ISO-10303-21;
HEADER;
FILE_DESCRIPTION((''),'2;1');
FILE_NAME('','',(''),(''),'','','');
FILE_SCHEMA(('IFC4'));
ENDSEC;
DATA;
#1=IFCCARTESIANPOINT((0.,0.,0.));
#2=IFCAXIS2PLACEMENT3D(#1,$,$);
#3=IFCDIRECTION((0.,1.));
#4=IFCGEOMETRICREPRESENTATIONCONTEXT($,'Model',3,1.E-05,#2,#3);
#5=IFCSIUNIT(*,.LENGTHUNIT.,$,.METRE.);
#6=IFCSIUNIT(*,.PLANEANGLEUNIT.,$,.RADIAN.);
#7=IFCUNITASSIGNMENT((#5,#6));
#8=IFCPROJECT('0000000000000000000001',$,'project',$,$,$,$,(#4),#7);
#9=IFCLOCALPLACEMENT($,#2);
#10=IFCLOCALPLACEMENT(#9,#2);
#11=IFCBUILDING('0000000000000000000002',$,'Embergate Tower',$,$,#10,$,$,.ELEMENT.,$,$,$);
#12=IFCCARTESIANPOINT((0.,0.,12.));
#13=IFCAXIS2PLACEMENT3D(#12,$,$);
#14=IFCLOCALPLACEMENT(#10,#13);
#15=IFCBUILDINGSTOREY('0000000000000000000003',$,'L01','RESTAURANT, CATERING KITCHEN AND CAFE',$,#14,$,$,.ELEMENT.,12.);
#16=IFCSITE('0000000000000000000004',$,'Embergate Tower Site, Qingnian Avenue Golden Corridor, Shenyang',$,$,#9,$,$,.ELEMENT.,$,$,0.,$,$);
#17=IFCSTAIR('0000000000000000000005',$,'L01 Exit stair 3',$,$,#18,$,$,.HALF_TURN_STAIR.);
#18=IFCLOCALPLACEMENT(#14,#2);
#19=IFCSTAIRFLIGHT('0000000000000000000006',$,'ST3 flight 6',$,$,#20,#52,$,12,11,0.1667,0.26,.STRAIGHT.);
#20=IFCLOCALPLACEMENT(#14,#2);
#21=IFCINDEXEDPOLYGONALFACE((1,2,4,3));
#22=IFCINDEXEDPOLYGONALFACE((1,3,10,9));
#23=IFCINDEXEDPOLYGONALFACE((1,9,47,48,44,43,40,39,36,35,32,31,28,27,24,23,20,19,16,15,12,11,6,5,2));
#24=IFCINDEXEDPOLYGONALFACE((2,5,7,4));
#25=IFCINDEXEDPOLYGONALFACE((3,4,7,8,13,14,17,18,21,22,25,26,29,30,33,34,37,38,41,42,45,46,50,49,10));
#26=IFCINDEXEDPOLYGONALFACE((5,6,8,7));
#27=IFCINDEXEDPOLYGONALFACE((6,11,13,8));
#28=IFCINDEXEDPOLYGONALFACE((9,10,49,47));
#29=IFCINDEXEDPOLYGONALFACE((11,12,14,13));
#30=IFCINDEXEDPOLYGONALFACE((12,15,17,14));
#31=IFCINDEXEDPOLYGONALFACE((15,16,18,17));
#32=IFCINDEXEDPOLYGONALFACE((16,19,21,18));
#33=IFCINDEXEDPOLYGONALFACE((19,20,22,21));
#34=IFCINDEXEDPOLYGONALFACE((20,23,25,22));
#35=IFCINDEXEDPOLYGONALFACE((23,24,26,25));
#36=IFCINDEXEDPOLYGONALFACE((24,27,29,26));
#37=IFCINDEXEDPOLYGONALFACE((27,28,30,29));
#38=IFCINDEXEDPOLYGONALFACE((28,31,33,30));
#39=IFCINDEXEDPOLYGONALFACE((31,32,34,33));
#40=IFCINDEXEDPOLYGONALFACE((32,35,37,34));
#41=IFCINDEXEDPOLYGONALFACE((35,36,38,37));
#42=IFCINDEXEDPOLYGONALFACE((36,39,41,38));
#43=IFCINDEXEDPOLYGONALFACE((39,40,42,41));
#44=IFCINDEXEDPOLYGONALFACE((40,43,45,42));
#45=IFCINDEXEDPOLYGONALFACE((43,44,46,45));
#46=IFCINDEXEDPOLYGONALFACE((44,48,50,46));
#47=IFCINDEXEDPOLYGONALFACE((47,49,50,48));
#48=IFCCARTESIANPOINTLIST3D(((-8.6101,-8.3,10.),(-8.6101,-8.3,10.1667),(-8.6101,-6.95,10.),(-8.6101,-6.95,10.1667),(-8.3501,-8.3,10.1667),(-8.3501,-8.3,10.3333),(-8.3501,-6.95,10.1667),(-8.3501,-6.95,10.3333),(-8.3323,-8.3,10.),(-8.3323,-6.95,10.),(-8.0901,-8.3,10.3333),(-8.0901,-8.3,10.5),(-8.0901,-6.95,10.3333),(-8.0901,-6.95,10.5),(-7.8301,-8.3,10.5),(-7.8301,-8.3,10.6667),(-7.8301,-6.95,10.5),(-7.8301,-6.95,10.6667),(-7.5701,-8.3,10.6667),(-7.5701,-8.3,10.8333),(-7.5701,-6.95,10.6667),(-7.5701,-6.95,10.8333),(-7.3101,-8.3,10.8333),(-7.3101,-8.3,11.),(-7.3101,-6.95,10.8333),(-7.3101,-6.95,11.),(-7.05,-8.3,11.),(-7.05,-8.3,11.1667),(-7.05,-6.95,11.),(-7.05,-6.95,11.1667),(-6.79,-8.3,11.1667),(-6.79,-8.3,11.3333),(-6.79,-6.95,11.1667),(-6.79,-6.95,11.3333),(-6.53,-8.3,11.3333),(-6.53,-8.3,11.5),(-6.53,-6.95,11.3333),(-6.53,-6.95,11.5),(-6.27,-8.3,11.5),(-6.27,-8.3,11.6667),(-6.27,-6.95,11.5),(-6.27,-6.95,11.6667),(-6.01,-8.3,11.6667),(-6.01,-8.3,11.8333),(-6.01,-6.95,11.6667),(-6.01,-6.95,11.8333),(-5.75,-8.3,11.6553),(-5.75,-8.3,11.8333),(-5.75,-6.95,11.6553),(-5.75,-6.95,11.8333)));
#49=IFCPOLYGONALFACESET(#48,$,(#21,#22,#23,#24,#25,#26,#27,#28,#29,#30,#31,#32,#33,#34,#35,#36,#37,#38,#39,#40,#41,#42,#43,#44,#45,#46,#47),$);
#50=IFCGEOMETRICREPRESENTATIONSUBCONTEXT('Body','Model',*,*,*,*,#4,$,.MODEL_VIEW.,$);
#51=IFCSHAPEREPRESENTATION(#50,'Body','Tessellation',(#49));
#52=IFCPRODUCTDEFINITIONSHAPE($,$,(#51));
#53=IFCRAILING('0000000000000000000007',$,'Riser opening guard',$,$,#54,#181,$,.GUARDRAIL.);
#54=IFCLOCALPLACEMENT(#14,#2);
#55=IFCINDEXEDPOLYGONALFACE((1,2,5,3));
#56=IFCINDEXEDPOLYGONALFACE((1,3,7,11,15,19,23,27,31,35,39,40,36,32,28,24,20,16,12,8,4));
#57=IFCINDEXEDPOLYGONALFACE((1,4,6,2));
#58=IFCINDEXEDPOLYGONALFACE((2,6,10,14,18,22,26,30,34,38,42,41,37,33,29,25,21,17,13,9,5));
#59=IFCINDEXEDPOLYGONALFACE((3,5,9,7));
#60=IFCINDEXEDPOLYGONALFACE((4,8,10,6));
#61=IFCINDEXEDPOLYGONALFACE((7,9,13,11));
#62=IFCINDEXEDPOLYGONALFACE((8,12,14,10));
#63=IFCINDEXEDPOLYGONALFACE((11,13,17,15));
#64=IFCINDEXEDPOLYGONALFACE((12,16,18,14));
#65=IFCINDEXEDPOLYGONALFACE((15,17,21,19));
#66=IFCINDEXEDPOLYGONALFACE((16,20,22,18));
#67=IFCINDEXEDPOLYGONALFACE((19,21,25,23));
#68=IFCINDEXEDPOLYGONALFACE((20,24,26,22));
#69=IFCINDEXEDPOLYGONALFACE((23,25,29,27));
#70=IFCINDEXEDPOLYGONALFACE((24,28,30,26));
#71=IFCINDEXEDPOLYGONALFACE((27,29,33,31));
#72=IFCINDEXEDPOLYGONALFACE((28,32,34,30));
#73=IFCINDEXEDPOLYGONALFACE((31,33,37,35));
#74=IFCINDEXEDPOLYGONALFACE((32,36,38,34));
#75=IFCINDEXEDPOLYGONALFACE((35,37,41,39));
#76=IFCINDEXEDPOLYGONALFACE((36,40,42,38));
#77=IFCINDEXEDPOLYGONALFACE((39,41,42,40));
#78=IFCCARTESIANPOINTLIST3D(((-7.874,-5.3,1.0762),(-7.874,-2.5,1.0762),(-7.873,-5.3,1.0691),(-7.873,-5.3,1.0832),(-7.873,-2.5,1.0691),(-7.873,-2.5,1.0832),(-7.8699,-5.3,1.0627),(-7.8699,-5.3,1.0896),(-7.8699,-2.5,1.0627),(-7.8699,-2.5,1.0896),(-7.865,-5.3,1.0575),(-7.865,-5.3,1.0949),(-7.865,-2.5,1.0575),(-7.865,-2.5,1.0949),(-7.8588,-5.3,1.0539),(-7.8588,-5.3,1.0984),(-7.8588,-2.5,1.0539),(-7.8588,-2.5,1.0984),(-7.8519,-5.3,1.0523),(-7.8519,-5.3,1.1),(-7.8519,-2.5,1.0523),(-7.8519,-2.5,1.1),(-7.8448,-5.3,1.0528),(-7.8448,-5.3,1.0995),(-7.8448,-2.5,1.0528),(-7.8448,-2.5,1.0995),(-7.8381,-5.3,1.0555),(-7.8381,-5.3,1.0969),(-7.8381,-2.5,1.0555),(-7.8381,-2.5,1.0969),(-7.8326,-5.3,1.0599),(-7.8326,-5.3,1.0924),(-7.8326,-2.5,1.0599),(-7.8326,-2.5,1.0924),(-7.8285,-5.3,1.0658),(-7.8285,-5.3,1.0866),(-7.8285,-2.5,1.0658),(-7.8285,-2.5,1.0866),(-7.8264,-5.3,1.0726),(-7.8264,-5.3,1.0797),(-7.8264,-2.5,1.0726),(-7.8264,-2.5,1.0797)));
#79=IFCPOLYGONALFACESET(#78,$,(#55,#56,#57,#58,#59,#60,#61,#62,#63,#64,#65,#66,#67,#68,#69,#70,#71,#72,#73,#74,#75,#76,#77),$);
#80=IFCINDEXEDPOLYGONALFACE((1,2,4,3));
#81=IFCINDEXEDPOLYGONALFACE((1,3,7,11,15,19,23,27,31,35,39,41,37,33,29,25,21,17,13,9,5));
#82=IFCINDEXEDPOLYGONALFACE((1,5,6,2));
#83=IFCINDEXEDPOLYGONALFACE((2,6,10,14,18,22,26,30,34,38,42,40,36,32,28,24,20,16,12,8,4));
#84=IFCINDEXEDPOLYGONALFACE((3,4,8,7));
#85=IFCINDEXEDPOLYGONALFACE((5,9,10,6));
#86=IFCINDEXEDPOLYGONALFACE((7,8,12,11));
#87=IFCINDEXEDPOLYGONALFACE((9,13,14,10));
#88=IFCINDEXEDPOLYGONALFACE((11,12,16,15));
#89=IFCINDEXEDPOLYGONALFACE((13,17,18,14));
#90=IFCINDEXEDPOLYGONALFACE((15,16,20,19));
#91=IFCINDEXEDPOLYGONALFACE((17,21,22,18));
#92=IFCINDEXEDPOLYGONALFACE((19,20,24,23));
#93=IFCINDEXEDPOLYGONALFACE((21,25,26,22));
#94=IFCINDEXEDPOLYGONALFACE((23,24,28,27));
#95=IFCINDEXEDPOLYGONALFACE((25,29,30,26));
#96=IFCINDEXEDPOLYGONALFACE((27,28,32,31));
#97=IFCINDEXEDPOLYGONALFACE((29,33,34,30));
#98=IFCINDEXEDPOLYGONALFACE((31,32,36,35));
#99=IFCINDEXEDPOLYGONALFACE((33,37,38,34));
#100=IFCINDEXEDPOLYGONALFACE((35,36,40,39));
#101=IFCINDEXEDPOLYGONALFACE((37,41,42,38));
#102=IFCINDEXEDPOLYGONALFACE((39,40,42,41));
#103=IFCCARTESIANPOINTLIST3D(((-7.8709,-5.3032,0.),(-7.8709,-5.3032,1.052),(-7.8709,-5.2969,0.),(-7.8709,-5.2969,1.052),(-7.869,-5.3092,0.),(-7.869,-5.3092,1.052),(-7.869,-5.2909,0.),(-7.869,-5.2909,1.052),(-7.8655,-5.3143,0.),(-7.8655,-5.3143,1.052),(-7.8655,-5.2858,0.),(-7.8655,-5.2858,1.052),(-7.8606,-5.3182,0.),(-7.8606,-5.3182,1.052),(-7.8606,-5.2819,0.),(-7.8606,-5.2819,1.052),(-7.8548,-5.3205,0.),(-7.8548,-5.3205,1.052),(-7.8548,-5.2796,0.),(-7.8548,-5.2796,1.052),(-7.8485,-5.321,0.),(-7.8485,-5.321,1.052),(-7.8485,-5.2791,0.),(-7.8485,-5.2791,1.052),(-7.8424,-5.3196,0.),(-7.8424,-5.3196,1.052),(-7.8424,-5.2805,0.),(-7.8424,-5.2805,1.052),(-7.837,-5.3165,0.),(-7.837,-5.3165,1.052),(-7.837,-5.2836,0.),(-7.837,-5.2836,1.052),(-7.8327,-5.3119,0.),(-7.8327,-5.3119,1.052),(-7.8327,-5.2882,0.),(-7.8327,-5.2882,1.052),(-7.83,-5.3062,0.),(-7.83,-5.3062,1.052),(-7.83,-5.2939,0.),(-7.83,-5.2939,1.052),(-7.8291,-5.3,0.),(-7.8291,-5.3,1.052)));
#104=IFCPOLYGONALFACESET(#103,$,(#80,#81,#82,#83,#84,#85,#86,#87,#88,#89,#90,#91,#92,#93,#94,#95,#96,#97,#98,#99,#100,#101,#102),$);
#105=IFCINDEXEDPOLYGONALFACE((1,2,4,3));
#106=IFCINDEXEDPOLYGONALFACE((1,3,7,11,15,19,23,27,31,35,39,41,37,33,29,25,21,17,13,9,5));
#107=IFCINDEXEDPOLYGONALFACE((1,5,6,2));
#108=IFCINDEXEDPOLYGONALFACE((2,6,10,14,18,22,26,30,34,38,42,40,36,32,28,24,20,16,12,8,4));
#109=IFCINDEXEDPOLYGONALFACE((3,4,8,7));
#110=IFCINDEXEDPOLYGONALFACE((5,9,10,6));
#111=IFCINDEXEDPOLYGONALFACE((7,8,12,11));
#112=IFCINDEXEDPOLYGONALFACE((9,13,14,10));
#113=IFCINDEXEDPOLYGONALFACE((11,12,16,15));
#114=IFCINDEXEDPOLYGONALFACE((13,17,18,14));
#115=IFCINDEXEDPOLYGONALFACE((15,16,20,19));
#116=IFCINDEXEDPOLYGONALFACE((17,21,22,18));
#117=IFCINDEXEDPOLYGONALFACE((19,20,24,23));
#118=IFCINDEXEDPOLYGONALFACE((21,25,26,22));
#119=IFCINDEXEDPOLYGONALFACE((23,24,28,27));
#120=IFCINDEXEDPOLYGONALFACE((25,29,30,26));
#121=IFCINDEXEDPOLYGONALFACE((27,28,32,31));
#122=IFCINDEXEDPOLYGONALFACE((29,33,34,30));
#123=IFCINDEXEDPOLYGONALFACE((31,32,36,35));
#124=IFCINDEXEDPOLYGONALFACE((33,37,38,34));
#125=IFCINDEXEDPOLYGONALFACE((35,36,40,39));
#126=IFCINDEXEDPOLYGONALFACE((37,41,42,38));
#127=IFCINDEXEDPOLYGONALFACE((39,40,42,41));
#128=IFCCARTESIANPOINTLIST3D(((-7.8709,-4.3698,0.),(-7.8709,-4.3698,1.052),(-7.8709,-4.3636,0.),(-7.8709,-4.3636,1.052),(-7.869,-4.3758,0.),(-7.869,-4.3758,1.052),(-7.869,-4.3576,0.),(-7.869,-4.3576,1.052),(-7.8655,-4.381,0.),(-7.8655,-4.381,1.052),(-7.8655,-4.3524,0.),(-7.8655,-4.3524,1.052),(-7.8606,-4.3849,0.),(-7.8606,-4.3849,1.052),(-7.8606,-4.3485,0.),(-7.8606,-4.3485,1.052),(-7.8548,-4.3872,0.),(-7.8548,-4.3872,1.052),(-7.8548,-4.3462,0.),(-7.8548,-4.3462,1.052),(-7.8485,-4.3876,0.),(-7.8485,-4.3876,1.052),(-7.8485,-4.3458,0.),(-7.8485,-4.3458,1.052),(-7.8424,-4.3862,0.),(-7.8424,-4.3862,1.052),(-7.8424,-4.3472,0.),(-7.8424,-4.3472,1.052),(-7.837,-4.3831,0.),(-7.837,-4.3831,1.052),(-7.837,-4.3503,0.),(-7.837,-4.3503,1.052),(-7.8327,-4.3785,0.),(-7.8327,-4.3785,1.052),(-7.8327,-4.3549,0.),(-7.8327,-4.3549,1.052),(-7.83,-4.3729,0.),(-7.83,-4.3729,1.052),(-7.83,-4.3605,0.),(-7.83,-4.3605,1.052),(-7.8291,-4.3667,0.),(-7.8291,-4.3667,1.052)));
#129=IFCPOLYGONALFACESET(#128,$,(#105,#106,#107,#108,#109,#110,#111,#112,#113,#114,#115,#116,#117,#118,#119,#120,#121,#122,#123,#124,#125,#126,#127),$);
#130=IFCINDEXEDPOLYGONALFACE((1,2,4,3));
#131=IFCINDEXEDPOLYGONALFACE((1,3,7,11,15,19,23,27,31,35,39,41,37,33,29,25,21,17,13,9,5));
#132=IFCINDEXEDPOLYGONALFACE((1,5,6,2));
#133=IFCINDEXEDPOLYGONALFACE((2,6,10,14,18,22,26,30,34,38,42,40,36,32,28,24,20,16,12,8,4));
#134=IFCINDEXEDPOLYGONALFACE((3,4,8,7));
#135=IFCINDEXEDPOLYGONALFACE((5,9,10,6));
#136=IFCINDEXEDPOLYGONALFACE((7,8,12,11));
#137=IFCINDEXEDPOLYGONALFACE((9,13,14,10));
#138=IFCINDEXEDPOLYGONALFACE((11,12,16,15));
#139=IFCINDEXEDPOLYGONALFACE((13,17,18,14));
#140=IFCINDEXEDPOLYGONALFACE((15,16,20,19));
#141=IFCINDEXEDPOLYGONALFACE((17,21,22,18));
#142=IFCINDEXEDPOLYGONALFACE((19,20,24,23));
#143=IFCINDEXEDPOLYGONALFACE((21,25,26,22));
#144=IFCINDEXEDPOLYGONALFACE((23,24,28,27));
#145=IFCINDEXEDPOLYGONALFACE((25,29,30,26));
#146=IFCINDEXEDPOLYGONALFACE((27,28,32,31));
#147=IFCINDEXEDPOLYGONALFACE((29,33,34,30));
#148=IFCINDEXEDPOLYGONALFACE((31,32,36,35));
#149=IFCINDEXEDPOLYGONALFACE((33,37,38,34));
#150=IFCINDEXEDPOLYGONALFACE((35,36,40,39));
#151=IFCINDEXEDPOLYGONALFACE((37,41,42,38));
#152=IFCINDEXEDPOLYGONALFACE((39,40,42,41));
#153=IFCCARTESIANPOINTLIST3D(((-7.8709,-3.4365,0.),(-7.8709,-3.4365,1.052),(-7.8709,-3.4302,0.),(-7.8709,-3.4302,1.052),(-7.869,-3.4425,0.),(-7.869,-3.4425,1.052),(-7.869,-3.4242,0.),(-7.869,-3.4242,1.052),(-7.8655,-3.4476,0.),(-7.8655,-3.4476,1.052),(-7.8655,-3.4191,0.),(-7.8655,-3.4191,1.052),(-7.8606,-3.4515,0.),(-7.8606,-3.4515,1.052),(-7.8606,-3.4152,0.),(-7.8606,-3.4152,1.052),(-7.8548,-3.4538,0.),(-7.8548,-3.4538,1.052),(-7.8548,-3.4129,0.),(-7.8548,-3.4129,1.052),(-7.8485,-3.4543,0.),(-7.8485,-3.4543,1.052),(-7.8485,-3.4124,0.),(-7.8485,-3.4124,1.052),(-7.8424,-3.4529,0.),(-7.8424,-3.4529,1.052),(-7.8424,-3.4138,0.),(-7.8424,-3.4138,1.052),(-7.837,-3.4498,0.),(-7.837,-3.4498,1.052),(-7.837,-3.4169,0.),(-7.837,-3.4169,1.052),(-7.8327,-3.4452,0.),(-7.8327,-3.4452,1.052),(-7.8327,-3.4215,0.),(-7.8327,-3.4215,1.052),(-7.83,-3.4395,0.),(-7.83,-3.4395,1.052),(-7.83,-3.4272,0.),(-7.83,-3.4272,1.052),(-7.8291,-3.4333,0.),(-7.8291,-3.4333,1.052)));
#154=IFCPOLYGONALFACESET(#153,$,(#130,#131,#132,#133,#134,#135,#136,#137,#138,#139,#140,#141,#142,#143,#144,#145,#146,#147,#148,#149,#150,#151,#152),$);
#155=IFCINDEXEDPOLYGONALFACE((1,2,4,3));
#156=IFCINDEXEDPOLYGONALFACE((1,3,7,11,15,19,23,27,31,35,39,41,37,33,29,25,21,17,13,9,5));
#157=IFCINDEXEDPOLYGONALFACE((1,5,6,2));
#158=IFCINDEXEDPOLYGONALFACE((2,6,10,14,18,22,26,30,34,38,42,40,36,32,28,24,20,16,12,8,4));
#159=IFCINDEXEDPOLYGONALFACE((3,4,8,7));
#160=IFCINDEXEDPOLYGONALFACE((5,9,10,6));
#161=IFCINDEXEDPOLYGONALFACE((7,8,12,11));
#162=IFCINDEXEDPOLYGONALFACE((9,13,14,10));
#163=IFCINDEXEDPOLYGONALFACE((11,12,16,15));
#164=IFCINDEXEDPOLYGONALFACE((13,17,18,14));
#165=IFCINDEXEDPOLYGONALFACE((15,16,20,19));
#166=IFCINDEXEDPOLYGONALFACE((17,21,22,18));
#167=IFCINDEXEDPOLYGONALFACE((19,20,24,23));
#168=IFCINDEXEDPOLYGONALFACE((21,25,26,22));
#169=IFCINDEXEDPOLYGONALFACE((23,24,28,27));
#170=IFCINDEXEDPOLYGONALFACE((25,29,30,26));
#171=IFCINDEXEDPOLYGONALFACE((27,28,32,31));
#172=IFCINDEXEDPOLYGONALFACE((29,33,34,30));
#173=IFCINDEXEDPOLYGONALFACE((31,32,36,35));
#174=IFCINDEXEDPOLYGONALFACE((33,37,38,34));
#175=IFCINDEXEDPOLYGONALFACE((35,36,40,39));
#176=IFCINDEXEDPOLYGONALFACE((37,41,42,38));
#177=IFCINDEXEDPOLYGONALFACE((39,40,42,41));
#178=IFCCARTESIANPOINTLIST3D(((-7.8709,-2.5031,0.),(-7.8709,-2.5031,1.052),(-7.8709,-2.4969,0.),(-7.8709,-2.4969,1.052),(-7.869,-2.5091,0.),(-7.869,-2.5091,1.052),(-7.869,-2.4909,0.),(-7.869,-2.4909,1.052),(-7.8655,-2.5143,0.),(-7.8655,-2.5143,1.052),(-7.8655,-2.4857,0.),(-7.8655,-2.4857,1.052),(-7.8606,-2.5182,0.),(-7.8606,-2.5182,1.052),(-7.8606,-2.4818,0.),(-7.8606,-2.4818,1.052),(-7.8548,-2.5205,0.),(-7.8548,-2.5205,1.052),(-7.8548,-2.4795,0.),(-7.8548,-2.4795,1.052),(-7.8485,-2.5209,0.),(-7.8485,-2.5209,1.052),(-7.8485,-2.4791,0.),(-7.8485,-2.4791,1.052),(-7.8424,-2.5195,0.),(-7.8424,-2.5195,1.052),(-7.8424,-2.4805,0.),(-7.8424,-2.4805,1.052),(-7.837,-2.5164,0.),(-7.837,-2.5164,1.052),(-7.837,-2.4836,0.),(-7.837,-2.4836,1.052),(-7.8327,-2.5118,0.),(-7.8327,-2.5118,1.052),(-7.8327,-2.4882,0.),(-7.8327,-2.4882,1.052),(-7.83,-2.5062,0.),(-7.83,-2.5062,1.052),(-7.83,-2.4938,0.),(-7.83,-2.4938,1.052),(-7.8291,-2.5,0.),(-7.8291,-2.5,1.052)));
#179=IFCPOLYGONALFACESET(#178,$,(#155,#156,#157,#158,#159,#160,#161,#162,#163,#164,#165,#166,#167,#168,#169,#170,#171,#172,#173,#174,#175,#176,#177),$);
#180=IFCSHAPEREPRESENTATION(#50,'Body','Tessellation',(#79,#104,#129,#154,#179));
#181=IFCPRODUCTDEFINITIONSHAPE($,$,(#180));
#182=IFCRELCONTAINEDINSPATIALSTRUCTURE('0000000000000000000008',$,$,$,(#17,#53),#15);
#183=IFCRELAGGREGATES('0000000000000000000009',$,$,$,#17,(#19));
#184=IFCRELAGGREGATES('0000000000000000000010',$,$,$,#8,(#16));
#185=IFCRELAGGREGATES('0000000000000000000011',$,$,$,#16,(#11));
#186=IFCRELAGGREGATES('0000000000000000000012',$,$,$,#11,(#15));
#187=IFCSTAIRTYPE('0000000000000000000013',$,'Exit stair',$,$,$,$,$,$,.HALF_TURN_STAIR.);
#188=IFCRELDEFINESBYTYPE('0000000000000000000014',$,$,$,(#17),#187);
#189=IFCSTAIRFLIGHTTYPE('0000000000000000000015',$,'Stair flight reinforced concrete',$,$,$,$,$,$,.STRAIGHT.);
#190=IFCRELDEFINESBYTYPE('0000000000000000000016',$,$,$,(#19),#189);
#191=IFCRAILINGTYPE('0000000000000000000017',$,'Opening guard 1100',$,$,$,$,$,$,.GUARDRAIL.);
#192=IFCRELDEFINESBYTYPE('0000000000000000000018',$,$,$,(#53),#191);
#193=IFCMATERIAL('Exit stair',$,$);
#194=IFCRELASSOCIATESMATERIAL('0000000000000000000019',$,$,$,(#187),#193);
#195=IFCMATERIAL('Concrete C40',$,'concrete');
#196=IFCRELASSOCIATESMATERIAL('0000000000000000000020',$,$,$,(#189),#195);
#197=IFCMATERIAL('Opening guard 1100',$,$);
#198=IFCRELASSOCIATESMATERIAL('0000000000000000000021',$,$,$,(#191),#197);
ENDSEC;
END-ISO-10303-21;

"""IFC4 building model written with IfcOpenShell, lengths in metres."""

from ifc_helpers import new_model, si_unit, direction, frame, origin, origin_2d, place, context, subcontext, project, spatial, polyline, circle, outline, extrude, source, transform, mapped, material, type_object, element, aggregate, save


model = new_model("IFC4")

# Units and contexts
model_context = context("Model", 3, precision=1e-05, world=origin(), true_north=direction((0.0, 1.0)))
body_context = subcontext(model_context, "Body", "Model", "MODEL_VIEW")
ifc_project = project(units=[si_unit("LENGTHUNIT", "METRE"), si_unit("PLANEANGLEUNIT", "RADIAN")], contexts=[model_context])

# Site, building, storey
site_placement = place(None, origin())
site = spatial("IfcSite", under=ifc_project, at=site_placement, Name="Embergate Tower Site, Qingnian Avenue Golden Corridor, Shenyang", CompositionType="ELEMENT", RefElevation=0.0)
building_placement = place(site_placement, origin())
building = spatial("IfcBuilding", under=site, at=building_placement, Name="Embergate Tower", CompositionType="ELEMENT")
storey_placement = place(building_placement, frame((0.0, 0.0, 12.0)))
storey = spatial("IfcBuildingStorey", under=building, at=storey_placement, Name="L01", Description="RESTAURANT, CATERING KITCHEN AND CAFE", CompositionType="ELEMENT", Elevation=12.0)

# Stair
ifc_material_1 = material(Name="Exit stair")
stair_type = type_object("IfcStairType", Name="Exit stair", PredefinedType="HALF_TURN_STAIR", material=ifc_material_1)
stair_placement = place(storey_placement, origin())
stair = element("IfcStair", 1, at=stair_placement, inside=storey, type_object=stair_type, Name="L01 Exit stair 3", PredefinedType="HALF_TURN_STAIR")
ifc_material_2 = material(Name="Concrete C40", Category="concrete")

# Stair flight
stair_flight_type = type_object("IfcStairFlightType", Name="Stair flight reinforced concrete", PredefinedType="STRAIGHT", material=ifc_material_2)
shared_shape_1 = source(origin(), body_context, "Body", "SweptSolid", [
    extrude(outline(polyline([(0.0, 0.0), (0.0, 0.1667), (0.26, 0.1667), (0.26, 0.3333), (0.52, 0.3333), (0.52, 0.5), (0.78, 0.5), (0.78, 0.6667), (1.04, 0.6667), (1.04, 0.8333), (1.3, 0.8333), (1.3, 1.0), (1.5601, 1.0), (1.5601, 1.1667), (1.8201, 1.1667), (1.8201, 1.3333), (2.0801, 1.3333), (2.0801, 1.5), (2.3401, 1.5), (2.3401, 1.6667), (2.6001, 1.6667), (2.6001, 1.8333), (2.8601, 1.8333), (2.8601, 2.0), (2.8601, 1.6553), (0.2778, 0.0), (0.0, 0.0)])), frame((0.0, 0.675, 0.0), z_axis=(0.0, -1.0, 0.0), x_axis=(1.0, 0.0, 0.0)), (0.0, 0.0, 1.0), 1.3501),
])
stair_flight_1_placement = place(storey_placement, frame((-8.6101, -7.625, 10.0), z_axis=(0.0, 0.0, 1.0), x_axis=(1.0, 0.0, 0.0)))
stair_flight_1 = element("IfcStairFlight", 2, at=stair_flight_1_placement, type_object=stair_flight_type, Name="ST3 flight 6", NumberOfRisers=12, NumberOfTreads=11, PredefinedType="STRAIGHT", RiserHeight=0.1667, TreadLength=0.26, context=body_context, shape_type="MappedRepresentation", body=[
    mapped(shared_shape_1, transform((0.0, 0.0, 0.0))),
])
aggregate(stair, [stair_flight_1])

# Railing
ifc_material_3 = material(Name="Opening guard 1100")
railing_type_1 = type_object("IfcRailingType", Name="Opening guard 1100", PredefinedType="GUARDRAIL", material=ifc_material_3)
shared_shape_2 = source(origin(), body_context, "Body", "SweptSolid", [
    extrude(circle(Radius=0.0239, at=origin_2d()), frame((0.0, 0.0, 1.0762), z_axis=(0.0, 1.0, 0.0), x_axis=(-1.0, 0.0, 0.0)), (0.0, 0.0, 1.0), 2.8),
    extrude(circle(Radius=0.021, at=origin_2d()), origin(), (0.0, 0.0, 1.0), 1.052),
    extrude(circle(Radius=0.021, at=origin_2d()), frame((0.0, 0.9333, 0.0)), (0.0, 0.0, 1.0), 1.052),
    extrude(circle(Radius=0.021, at=origin_2d()), frame((0.0, 1.8667, 0.0)), (0.0, 0.0, 1.0), 1.052),
    extrude(circle(Radius=0.021, at=origin_2d()), frame((0.0, 2.8, 0.0)), (0.0, 0.0, 1.0), 1.052),
])
railing_1_placement = place(storey_placement, frame((-7.8501, -5.3, 0.0)))
element("IfcRailing", 3, at=railing_1_placement, inside=storey, type_object=railing_type_1, Name="Riser opening guard", PredefinedType="GUARDRAIL", context=body_context, shape_type="MappedRepresentation", body=[
    mapped(shared_shape_2, transform((0.0, 0.0, 0.0))),
])

save(model, "model.ifc")
